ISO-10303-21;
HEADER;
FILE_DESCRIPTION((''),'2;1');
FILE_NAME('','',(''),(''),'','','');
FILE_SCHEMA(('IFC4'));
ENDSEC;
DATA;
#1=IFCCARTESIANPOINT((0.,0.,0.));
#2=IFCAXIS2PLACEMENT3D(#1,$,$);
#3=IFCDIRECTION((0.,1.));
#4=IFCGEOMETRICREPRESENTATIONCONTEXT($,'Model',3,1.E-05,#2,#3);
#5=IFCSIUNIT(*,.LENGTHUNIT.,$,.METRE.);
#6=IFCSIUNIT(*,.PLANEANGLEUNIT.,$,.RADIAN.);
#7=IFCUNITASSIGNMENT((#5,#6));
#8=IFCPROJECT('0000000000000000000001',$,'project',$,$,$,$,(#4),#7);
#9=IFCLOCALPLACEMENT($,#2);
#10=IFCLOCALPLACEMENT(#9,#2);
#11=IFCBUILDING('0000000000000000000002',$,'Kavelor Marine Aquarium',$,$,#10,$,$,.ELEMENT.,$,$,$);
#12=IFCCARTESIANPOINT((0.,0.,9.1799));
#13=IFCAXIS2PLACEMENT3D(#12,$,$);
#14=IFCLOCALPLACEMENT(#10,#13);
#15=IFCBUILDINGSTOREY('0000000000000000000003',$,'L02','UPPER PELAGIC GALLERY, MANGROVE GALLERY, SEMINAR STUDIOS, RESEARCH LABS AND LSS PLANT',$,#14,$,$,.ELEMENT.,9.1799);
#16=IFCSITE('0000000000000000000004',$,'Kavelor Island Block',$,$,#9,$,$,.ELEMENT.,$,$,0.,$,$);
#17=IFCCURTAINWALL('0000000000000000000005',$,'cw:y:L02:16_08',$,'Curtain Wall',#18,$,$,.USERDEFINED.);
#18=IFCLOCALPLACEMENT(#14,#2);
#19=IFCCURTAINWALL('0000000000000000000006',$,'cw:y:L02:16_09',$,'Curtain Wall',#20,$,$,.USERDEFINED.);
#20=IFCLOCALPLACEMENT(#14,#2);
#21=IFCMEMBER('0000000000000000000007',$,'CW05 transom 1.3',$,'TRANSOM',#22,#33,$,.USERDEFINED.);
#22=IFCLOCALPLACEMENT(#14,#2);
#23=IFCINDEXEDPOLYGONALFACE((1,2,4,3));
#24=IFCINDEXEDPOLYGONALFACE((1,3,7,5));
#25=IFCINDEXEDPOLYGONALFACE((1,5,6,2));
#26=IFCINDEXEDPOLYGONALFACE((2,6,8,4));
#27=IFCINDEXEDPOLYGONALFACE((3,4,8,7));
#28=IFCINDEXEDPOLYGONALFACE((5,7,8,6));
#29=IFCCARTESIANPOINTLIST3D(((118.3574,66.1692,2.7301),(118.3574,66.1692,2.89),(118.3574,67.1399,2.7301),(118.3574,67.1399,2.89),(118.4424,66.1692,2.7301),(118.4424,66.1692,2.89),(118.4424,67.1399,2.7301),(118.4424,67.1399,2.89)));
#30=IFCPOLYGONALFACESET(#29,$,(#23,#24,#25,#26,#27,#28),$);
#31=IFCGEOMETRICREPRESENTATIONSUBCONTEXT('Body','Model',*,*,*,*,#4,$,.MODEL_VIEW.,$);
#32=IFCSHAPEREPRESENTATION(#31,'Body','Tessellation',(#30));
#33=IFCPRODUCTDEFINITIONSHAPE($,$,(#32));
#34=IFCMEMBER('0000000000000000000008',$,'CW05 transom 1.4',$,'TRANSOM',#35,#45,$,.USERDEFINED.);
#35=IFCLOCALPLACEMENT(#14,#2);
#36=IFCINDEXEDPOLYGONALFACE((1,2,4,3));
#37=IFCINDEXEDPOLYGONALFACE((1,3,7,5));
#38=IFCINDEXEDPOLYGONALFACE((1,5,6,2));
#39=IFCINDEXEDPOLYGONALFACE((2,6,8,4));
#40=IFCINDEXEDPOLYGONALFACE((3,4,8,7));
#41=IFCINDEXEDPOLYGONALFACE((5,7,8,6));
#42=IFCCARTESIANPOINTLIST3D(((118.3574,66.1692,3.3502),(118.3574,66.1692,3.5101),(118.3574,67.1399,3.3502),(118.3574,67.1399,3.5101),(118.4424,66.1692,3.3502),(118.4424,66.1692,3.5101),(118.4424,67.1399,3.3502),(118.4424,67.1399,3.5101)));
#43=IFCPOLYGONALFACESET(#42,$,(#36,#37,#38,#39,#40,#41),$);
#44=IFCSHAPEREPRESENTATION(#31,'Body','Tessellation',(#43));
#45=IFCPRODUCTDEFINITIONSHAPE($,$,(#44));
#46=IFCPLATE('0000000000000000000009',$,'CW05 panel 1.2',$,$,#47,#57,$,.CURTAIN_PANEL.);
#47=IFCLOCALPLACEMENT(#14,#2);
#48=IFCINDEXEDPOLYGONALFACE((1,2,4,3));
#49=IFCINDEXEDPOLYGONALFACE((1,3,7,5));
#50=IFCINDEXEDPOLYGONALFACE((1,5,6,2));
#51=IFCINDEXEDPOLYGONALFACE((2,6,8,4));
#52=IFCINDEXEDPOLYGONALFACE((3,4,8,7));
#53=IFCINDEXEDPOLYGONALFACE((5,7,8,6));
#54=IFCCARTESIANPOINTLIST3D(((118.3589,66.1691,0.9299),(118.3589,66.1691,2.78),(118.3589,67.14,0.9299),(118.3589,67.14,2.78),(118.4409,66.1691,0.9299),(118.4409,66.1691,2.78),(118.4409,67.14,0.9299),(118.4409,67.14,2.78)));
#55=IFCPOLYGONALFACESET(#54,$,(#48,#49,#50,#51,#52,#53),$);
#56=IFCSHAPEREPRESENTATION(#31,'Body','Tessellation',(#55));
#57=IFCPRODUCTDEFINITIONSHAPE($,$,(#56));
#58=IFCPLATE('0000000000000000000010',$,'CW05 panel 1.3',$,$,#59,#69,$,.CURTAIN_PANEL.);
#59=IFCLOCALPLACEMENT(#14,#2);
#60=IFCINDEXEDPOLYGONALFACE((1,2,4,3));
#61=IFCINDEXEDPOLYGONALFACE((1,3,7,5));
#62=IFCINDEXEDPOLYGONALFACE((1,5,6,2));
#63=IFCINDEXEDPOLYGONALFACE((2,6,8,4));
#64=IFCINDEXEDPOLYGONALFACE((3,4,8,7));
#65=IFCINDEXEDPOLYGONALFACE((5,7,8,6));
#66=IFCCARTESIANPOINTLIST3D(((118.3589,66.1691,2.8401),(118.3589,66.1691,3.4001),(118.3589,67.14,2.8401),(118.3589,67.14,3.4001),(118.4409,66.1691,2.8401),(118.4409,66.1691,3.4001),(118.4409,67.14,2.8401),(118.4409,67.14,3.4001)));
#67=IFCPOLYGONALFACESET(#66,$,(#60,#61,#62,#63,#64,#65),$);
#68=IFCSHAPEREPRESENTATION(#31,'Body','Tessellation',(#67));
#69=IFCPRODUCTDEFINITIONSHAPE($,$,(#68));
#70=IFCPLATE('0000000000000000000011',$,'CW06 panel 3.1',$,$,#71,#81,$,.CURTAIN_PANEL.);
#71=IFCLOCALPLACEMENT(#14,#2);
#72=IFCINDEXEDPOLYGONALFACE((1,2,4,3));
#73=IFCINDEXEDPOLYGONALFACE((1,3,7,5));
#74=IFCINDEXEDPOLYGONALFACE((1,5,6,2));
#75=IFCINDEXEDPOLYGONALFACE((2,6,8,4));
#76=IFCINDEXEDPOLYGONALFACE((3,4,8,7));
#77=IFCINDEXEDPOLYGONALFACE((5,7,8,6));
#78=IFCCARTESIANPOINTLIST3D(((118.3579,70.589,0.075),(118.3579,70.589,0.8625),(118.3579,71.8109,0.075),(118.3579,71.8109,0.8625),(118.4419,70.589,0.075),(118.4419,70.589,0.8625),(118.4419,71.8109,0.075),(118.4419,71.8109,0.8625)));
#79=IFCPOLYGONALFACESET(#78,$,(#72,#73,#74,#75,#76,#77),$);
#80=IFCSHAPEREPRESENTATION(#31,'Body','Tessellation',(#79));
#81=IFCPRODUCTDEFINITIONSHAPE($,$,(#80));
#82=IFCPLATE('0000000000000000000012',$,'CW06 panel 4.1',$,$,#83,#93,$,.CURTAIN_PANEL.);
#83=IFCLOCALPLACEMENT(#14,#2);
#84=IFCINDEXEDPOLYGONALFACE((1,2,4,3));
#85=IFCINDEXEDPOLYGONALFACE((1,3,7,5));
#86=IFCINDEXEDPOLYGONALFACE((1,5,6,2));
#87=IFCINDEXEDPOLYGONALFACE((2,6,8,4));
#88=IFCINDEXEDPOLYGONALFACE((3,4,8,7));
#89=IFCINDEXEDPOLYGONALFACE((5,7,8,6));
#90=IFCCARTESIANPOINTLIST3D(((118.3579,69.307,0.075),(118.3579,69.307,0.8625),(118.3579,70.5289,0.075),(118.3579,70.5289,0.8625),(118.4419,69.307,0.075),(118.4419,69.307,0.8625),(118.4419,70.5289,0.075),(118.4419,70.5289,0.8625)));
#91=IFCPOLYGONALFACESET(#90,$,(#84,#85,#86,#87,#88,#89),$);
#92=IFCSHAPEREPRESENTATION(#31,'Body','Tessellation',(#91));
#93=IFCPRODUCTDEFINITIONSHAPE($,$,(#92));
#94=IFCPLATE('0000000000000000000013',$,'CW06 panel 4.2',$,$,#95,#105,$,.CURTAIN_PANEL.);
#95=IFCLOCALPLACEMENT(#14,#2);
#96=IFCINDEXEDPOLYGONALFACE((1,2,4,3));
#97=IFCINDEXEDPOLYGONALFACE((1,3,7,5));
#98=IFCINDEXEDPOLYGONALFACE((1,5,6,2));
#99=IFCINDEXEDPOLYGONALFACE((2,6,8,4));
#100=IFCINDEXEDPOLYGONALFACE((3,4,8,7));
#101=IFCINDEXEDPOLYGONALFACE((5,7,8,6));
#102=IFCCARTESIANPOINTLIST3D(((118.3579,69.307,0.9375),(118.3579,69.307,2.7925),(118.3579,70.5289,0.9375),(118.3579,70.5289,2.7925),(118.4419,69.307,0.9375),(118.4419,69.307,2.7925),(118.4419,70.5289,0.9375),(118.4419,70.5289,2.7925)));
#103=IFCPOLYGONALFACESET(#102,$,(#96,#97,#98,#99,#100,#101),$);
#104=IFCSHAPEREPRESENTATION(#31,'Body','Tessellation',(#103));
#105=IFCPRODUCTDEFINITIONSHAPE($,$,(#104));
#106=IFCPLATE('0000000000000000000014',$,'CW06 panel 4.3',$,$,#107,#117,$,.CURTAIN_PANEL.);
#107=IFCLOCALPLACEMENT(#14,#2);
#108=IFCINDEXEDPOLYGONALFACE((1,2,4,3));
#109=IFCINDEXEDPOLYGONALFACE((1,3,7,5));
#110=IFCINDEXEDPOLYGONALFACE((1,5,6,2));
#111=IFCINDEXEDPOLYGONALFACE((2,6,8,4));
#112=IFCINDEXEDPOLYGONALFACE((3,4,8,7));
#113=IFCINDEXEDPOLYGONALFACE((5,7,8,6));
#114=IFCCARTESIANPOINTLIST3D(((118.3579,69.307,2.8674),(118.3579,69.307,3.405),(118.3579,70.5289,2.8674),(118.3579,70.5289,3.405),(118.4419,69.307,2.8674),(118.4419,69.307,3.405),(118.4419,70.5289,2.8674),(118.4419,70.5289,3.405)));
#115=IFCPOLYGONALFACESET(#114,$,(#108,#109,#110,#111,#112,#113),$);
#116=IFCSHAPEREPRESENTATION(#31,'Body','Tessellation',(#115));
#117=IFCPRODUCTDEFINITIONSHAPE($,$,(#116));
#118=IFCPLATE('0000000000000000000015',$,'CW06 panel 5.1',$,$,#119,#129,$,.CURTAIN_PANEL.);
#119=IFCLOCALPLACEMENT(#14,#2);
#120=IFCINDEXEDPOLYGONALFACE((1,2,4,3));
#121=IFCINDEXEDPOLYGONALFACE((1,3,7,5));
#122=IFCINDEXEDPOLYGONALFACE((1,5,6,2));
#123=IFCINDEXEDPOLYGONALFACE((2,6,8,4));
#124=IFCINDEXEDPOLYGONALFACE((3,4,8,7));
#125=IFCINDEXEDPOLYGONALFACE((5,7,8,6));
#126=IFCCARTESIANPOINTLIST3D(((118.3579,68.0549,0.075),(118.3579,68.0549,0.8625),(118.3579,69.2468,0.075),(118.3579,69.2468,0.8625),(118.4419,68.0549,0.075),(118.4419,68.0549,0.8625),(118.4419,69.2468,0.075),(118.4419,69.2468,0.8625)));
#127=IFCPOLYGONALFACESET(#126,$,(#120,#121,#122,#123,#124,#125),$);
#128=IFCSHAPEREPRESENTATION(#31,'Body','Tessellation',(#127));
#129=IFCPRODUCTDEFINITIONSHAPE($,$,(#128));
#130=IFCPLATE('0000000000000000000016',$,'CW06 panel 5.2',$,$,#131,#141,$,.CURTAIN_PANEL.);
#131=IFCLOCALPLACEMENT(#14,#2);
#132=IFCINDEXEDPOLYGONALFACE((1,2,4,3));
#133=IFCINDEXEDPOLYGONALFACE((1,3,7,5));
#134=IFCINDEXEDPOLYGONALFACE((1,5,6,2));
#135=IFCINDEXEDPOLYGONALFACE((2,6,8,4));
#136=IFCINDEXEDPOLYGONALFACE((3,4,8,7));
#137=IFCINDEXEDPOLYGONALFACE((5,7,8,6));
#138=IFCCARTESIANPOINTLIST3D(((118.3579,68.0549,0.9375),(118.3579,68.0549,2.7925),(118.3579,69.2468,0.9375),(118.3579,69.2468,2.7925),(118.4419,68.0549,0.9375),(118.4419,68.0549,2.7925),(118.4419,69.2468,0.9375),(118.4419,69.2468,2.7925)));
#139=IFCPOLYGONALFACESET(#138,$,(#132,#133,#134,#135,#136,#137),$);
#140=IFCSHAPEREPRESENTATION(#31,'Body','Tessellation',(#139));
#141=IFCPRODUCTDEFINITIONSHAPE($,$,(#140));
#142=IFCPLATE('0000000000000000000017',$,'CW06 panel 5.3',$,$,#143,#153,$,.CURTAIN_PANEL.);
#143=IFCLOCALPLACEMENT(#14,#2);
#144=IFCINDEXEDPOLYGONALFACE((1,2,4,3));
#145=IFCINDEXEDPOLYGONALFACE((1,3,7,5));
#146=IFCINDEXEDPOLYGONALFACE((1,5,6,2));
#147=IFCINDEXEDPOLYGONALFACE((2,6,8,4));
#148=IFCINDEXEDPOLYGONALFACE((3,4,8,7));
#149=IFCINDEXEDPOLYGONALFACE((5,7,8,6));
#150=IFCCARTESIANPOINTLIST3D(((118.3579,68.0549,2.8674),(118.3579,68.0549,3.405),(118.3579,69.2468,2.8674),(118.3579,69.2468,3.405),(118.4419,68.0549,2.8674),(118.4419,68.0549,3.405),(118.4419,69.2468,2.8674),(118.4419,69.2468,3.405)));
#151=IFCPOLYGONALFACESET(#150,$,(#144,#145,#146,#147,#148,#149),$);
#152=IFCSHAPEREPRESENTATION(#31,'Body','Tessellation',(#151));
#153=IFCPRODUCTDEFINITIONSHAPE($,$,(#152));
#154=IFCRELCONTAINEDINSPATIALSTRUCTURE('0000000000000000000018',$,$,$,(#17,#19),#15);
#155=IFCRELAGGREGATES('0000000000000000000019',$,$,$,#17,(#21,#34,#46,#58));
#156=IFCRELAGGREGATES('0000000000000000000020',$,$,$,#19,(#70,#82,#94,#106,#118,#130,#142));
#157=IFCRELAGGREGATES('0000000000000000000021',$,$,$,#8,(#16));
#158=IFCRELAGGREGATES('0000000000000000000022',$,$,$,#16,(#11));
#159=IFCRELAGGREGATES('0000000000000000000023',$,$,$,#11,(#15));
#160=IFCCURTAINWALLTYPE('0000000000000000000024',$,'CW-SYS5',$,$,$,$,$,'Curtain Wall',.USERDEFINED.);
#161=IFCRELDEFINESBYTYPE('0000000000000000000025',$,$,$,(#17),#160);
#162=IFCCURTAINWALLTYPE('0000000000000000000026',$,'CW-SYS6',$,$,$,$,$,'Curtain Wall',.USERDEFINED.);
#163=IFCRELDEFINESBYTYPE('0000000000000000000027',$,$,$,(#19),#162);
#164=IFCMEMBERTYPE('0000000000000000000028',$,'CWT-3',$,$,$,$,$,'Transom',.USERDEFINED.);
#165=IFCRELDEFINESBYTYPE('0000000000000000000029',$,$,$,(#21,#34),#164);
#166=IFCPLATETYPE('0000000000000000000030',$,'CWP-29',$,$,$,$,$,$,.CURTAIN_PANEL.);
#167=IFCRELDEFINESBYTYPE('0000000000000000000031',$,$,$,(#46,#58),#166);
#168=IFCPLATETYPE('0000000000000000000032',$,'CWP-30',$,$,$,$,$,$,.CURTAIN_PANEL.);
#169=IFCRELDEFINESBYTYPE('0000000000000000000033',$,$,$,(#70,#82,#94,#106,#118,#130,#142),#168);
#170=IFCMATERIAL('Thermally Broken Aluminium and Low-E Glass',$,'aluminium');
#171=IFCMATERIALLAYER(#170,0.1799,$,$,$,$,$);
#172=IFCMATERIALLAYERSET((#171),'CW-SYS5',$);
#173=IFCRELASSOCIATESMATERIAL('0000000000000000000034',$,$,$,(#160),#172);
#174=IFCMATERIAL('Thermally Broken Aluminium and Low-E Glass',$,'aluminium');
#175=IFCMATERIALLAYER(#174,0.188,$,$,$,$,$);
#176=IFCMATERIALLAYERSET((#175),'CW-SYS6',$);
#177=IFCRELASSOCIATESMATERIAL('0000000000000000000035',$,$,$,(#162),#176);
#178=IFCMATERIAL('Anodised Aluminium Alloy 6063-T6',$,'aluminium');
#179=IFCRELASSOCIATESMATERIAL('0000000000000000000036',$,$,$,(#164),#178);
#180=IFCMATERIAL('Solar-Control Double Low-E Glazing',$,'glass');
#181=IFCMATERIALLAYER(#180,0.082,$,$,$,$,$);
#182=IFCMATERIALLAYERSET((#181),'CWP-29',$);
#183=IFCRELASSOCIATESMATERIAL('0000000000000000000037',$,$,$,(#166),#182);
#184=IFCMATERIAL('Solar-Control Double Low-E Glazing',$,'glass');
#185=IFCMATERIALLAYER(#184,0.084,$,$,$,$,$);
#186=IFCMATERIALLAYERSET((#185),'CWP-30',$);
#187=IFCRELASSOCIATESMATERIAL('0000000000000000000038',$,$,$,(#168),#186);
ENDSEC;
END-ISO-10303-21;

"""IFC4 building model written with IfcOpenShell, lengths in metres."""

from ifc_helpers import new_model, si_unit, direction, frame, origin, origin_2d, place, context, subcontext, project, spatial, rectangle, extrude, material, layer, layer_set, material_profile, profile_set, type_object, element, aggregate, save


model = new_model("IFC4")

# Units and contexts
model_context = context("Model", 3, precision=1e-05, world=origin(), true_north=direction((0.0, 1.0)))
body_context = subcontext(model_context, "Body", "Model", "MODEL_VIEW")
ifc_project = project(units=[si_unit("LENGTHUNIT", "METRE"), si_unit("PLANEANGLEUNIT", "RADIAN")], contexts=[model_context])

# Site, building, storey
site_placement = place(None, origin())
site = spatial("IfcSite", under=ifc_project, at=site_placement, Name="Kavelor Island Block", CompositionType="ELEMENT", RefElevation=0.0)
building_placement = place(site_placement, origin())
building = spatial("IfcBuilding", under=site, at=building_placement, Name="Kavelor Marine Aquarium", CompositionType="ELEMENT")
storey_placement = place(building_placement, frame((0.0, 0.0, 9.1799)))
storey = spatial("IfcBuildingStorey", under=building, at=storey_placement, Name="L02", Description="UPPER PELAGIC GALLERY, MANGROVE GALLERY, SEMINAR STUDIOS, RESEARCH LABS AND LSS PLANT", CompositionType="ELEMENT", Elevation=9.1799)

# Curtain wall
ifc_material_1 = material(Name="Thermally Broken Aluminium and Low-E Glass", Category="aluminium")
ifc_layer_1 = layer(ifc_material_1, 0.1799)
ifc_layer_set_1 = layer_set([ifc_layer_1], Name="CW-SYS5")
curtain_wall_type_1 = type_object("IfcCurtainWallType", Name="CW-SYS5", ElementType="Curtain Wall", PredefinedType="USERDEFINED", material=ifc_layer_set_1)
curtain_wall_1_placement = place(storey_placement, origin())
curtain_wall_1 = element("IfcCurtainWall", 1, at=curtain_wall_1_placement, inside=storey, type_object=curtain_wall_type_1, Name="cw:y:L02:16_08", ObjectType="Curtain Wall", PredefinedType="USERDEFINED")

# Curtain wall
ifc_material_2 = material(Name="Thermally Broken Aluminium and Low-E Glass", Category="aluminium")
ifc_layer_2 = layer(ifc_material_2, 0.188)
ifc_layer_set_2 = layer_set([ifc_layer_2], Name="CW-SYS6")
curtain_wall_type_2 = type_object("IfcCurtainWallType", Name="CW-SYS6", ElementType="Curtain Wall", PredefinedType="USERDEFINED", material=ifc_layer_set_2)
curtain_wall_2_placement = place(storey_placement, origin())
curtain_wall_2 = element("IfcCurtainWall", 2, at=curtain_wall_2_placement, inside=storey, type_object=curtain_wall_type_2, Name="cw:y:L02:16_09", ObjectType="Curtain Wall", PredefinedType="USERDEFINED")

# Members
ifc_material_3 = material(Name="Anodised Aluminium Alloy 6063-T6", Category="aluminium")
ifc_material_profile_1 = material_profile(ifc_material_3, rectangle(XDim=0.085, YDim=0.1599, at=origin_2d()), Name="CW-TRN 85x160")
ifc_profile_set_1 = profile_set([ifc_material_profile_1], Name="Anodised Aluminium Alloy 6063-T6")
member_type_1 = type_object("IfcMemberType", Name="CWT-3", ElementType="Transom", PredefinedType="USERDEFINED", material=ifc_profile_set_1)
member_1_placement = place(storey_placement, frame((118.3999, 67.1399, 2.8101), z_axis=(0.0, -1.0, 0.0), x_axis=(1.0, 0.0, 0.0)))
member_1 = element("IfcMember", 3, at=member_1_placement, type_object=member_type_1, Name="CW05 transom 1.3", ObjectType="TRANSOM", PredefinedType="USERDEFINED", context=body_context, shape_type="SweptSolid", body=[
    extrude(rectangle(XDim=0.085, YDim=0.1599, at=origin_2d()), origin(), (0.0, 0.0, 1.0), 0.9707),
])
member_2_placement = place(storey_placement, frame((118.3999, 67.1399, 3.4302), z_axis=(0.0, -1.0, 0.0), x_axis=(1.0, 0.0, 0.0)))
member_2 = element("IfcMember", 4, at=member_2_placement, type_object=member_type_1, Name="CW05 transom 1.4", ObjectType="TRANSOM", PredefinedType="USERDEFINED", context=body_context, shape_type="SweptSolid", body=[
    extrude(rectangle(XDim=0.085, YDim=0.1599, at=origin_2d()), origin(), (0.0, 0.0, 1.0), 0.9707),
])

# Plates
ifc_material_4 = material(Name="Solar-Control Double Low-E Glazing", Category="glass")
ifc_layer_3 = layer(ifc_material_4, 0.082)
ifc_layer_set_3 = layer_set([ifc_layer_3], Name="CWP-29")
plate_type_1 = type_object("IfcPlateType", Name="CWP-29", PredefinedType="CURTAIN_PANEL", material=ifc_layer_set_3)
plate_1_placement = place(storey_placement, frame((118.3999, 66.6545, 0.9299), z_axis=(0.0, 0.0, 1.0), x_axis=(0.0, -1.0, 0.0)))
plate_1 = element("IfcPlate", 5, at=plate_1_placement, type_object=plate_type_1, Name="CW05 panel 1.2", PredefinedType="CURTAIN_PANEL", context=body_context, shape_type="SweptSolid", body=[
    extrude(rectangle(XDim=0.9709, YDim=0.082, at=origin_2d()), origin(), (0.0, 0.0, 1.0), 1.8501),
])
plate_2_placement = place(storey_placement, frame((118.3999, 66.6545, 2.8401), z_axis=(0.0, 0.0, 1.0), x_axis=(0.0, -1.0, 0.0)))
plate_2 = element("IfcPlate", 6, at=plate_2_placement, type_object=plate_type_1, Name="CW05 panel 1.3", PredefinedType="CURTAIN_PANEL", context=body_context, shape_type="SweptSolid", body=[
    extrude(rectangle(XDim=0.9709, YDim=0.082, at=origin_2d()), origin(), (0.0, 0.0, 1.0), 0.5601),
])
aggregate(curtain_wall_1, [member_1, member_2, plate_1, plate_2])
ifc_material_5 = material(Name="Solar-Control Double Low-E Glazing", Category="glass")
ifc_layer_4 = layer(ifc_material_5, 0.084)
ifc_layer_set_4 = layer_set([ifc_layer_4], Name="CWP-30")
plate_type_2 = type_object("IfcPlateType", Name="CWP-30", PredefinedType="CURTAIN_PANEL", material=ifc_layer_set_4)
plate_3_placement = place(storey_placement, frame((118.3999, 71.2, 0.075), z_axis=(0.0, 0.0, 1.0), x_axis=(0.0, -1.0, 0.0)))
plate_3 = element("IfcPlate", 7, at=plate_3_placement, type_object=plate_type_2, Name="CW06 panel 3.1", PredefinedType="CURTAIN_PANEL", context=body_context, shape_type="SweptSolid", body=[
    extrude(rectangle(XDim=1.2219, YDim=0.084, at=origin_2d()), origin(), (0.0, 0.0, 1.0), 0.7876),
])
plate_4_placement = place(storey_placement, frame((118.3999, 69.918, 0.075), z_axis=(0.0, 0.0, 1.0), x_axis=(0.0, -1.0, 0.0)))
plate_4 = element("IfcPlate", 8, at=plate_4_placement, type_object=plate_type_2, Name="CW06 panel 4.1", PredefinedType="CURTAIN_PANEL", context=body_context, shape_type="SweptSolid", body=[
    extrude(rectangle(XDim=1.2219, YDim=0.084, at=origin_2d()), origin(), (0.0, 0.0, 1.0), 0.7876),
])
plate_5_placement = place(storey_placement, frame((118.3999, 69.918, 0.9375), z_axis=(0.0, 0.0, 1.0), x_axis=(0.0, -1.0, 0.0)))
plate_5 = element("IfcPlate", 9, at=plate_5_placement, type_object=plate_type_2, Name="CW06 panel 4.2", PredefinedType="CURTAIN_PANEL", context=body_context, shape_type="SweptSolid", body=[
    extrude(rectangle(XDim=1.2219, YDim=0.084, at=origin_2d()), origin(), (0.0, 0.0, 1.0), 1.855),
])
plate_6_placement = place(storey_placement, frame((118.3999, 69.918, 2.8674), z_axis=(0.0, 0.0, 1.0), x_axis=(0.0, -1.0, 0.0)))
plate_6 = element("IfcPlate", 10, at=plate_6_placement, type_object=plate_type_2, Name="CW06 panel 4.3", PredefinedType="CURTAIN_PANEL", context=body_context, shape_type="SweptSolid", body=[
    extrude(rectangle(XDim=1.2219, YDim=0.084, at=origin_2d()), origin(), (0.0, 0.0, 1.0), 0.5376),
])
plate_7_placement = place(storey_placement, frame((118.3999, 68.6509, 0.075), z_axis=(0.0, 0.0, 1.0), x_axis=(0.0, -1.0, 0.0)))
plate_7 = element("IfcPlate", 11, at=plate_7_placement, type_object=plate_type_2, Name="CW06 panel 5.1", PredefinedType="CURTAIN_PANEL", context=body_context, shape_type="SweptSolid", body=[
    extrude(rectangle(XDim=1.1919, YDim=0.084, at=origin_2d()), origin(), (0.0, 0.0, 1.0), 0.7876),
])
plate_8_placement = place(storey_placement, frame((118.3999, 68.6509, 0.9375), z_axis=(0.0, 0.0, 1.0), x_axis=(0.0, -1.0, 0.0)))
plate_8 = element("IfcPlate", 12, at=plate_8_placement, type_object=plate_type_2, Name="CW06 panel 5.2", PredefinedType="CURTAIN_PANEL", context=body_context, shape_type="SweptSolid", body=[
    extrude(rectangle(XDim=1.1919, YDim=0.084, at=origin_2d()), origin(), (0.0, 0.0, 1.0), 1.855),
])
plate_9_placement = place(storey_placement, frame((118.3999, 68.6509, 2.8674), z_axis=(0.0, 0.0, 1.0), x_axis=(0.0, -1.0, 0.0)))
plate_9 = element("IfcPlate", 13, at=plate_9_placement, type_object=plate_type_2, Name="CW06 panel 5.3", PredefinedType="CURTAIN_PANEL", context=body_context, shape_type="SweptSolid", body=[
    extrude(rectangle(XDim=1.1919, YDim=0.084, at=origin_2d()), origin(), (0.0, 0.0, 1.0), 0.5376),
])
aggregate(curtain_wall_2, [plate_3, plate_4, plate_5, plate_6, plate_7, plate_8, plate_9])

save(model, "model.ifc")
